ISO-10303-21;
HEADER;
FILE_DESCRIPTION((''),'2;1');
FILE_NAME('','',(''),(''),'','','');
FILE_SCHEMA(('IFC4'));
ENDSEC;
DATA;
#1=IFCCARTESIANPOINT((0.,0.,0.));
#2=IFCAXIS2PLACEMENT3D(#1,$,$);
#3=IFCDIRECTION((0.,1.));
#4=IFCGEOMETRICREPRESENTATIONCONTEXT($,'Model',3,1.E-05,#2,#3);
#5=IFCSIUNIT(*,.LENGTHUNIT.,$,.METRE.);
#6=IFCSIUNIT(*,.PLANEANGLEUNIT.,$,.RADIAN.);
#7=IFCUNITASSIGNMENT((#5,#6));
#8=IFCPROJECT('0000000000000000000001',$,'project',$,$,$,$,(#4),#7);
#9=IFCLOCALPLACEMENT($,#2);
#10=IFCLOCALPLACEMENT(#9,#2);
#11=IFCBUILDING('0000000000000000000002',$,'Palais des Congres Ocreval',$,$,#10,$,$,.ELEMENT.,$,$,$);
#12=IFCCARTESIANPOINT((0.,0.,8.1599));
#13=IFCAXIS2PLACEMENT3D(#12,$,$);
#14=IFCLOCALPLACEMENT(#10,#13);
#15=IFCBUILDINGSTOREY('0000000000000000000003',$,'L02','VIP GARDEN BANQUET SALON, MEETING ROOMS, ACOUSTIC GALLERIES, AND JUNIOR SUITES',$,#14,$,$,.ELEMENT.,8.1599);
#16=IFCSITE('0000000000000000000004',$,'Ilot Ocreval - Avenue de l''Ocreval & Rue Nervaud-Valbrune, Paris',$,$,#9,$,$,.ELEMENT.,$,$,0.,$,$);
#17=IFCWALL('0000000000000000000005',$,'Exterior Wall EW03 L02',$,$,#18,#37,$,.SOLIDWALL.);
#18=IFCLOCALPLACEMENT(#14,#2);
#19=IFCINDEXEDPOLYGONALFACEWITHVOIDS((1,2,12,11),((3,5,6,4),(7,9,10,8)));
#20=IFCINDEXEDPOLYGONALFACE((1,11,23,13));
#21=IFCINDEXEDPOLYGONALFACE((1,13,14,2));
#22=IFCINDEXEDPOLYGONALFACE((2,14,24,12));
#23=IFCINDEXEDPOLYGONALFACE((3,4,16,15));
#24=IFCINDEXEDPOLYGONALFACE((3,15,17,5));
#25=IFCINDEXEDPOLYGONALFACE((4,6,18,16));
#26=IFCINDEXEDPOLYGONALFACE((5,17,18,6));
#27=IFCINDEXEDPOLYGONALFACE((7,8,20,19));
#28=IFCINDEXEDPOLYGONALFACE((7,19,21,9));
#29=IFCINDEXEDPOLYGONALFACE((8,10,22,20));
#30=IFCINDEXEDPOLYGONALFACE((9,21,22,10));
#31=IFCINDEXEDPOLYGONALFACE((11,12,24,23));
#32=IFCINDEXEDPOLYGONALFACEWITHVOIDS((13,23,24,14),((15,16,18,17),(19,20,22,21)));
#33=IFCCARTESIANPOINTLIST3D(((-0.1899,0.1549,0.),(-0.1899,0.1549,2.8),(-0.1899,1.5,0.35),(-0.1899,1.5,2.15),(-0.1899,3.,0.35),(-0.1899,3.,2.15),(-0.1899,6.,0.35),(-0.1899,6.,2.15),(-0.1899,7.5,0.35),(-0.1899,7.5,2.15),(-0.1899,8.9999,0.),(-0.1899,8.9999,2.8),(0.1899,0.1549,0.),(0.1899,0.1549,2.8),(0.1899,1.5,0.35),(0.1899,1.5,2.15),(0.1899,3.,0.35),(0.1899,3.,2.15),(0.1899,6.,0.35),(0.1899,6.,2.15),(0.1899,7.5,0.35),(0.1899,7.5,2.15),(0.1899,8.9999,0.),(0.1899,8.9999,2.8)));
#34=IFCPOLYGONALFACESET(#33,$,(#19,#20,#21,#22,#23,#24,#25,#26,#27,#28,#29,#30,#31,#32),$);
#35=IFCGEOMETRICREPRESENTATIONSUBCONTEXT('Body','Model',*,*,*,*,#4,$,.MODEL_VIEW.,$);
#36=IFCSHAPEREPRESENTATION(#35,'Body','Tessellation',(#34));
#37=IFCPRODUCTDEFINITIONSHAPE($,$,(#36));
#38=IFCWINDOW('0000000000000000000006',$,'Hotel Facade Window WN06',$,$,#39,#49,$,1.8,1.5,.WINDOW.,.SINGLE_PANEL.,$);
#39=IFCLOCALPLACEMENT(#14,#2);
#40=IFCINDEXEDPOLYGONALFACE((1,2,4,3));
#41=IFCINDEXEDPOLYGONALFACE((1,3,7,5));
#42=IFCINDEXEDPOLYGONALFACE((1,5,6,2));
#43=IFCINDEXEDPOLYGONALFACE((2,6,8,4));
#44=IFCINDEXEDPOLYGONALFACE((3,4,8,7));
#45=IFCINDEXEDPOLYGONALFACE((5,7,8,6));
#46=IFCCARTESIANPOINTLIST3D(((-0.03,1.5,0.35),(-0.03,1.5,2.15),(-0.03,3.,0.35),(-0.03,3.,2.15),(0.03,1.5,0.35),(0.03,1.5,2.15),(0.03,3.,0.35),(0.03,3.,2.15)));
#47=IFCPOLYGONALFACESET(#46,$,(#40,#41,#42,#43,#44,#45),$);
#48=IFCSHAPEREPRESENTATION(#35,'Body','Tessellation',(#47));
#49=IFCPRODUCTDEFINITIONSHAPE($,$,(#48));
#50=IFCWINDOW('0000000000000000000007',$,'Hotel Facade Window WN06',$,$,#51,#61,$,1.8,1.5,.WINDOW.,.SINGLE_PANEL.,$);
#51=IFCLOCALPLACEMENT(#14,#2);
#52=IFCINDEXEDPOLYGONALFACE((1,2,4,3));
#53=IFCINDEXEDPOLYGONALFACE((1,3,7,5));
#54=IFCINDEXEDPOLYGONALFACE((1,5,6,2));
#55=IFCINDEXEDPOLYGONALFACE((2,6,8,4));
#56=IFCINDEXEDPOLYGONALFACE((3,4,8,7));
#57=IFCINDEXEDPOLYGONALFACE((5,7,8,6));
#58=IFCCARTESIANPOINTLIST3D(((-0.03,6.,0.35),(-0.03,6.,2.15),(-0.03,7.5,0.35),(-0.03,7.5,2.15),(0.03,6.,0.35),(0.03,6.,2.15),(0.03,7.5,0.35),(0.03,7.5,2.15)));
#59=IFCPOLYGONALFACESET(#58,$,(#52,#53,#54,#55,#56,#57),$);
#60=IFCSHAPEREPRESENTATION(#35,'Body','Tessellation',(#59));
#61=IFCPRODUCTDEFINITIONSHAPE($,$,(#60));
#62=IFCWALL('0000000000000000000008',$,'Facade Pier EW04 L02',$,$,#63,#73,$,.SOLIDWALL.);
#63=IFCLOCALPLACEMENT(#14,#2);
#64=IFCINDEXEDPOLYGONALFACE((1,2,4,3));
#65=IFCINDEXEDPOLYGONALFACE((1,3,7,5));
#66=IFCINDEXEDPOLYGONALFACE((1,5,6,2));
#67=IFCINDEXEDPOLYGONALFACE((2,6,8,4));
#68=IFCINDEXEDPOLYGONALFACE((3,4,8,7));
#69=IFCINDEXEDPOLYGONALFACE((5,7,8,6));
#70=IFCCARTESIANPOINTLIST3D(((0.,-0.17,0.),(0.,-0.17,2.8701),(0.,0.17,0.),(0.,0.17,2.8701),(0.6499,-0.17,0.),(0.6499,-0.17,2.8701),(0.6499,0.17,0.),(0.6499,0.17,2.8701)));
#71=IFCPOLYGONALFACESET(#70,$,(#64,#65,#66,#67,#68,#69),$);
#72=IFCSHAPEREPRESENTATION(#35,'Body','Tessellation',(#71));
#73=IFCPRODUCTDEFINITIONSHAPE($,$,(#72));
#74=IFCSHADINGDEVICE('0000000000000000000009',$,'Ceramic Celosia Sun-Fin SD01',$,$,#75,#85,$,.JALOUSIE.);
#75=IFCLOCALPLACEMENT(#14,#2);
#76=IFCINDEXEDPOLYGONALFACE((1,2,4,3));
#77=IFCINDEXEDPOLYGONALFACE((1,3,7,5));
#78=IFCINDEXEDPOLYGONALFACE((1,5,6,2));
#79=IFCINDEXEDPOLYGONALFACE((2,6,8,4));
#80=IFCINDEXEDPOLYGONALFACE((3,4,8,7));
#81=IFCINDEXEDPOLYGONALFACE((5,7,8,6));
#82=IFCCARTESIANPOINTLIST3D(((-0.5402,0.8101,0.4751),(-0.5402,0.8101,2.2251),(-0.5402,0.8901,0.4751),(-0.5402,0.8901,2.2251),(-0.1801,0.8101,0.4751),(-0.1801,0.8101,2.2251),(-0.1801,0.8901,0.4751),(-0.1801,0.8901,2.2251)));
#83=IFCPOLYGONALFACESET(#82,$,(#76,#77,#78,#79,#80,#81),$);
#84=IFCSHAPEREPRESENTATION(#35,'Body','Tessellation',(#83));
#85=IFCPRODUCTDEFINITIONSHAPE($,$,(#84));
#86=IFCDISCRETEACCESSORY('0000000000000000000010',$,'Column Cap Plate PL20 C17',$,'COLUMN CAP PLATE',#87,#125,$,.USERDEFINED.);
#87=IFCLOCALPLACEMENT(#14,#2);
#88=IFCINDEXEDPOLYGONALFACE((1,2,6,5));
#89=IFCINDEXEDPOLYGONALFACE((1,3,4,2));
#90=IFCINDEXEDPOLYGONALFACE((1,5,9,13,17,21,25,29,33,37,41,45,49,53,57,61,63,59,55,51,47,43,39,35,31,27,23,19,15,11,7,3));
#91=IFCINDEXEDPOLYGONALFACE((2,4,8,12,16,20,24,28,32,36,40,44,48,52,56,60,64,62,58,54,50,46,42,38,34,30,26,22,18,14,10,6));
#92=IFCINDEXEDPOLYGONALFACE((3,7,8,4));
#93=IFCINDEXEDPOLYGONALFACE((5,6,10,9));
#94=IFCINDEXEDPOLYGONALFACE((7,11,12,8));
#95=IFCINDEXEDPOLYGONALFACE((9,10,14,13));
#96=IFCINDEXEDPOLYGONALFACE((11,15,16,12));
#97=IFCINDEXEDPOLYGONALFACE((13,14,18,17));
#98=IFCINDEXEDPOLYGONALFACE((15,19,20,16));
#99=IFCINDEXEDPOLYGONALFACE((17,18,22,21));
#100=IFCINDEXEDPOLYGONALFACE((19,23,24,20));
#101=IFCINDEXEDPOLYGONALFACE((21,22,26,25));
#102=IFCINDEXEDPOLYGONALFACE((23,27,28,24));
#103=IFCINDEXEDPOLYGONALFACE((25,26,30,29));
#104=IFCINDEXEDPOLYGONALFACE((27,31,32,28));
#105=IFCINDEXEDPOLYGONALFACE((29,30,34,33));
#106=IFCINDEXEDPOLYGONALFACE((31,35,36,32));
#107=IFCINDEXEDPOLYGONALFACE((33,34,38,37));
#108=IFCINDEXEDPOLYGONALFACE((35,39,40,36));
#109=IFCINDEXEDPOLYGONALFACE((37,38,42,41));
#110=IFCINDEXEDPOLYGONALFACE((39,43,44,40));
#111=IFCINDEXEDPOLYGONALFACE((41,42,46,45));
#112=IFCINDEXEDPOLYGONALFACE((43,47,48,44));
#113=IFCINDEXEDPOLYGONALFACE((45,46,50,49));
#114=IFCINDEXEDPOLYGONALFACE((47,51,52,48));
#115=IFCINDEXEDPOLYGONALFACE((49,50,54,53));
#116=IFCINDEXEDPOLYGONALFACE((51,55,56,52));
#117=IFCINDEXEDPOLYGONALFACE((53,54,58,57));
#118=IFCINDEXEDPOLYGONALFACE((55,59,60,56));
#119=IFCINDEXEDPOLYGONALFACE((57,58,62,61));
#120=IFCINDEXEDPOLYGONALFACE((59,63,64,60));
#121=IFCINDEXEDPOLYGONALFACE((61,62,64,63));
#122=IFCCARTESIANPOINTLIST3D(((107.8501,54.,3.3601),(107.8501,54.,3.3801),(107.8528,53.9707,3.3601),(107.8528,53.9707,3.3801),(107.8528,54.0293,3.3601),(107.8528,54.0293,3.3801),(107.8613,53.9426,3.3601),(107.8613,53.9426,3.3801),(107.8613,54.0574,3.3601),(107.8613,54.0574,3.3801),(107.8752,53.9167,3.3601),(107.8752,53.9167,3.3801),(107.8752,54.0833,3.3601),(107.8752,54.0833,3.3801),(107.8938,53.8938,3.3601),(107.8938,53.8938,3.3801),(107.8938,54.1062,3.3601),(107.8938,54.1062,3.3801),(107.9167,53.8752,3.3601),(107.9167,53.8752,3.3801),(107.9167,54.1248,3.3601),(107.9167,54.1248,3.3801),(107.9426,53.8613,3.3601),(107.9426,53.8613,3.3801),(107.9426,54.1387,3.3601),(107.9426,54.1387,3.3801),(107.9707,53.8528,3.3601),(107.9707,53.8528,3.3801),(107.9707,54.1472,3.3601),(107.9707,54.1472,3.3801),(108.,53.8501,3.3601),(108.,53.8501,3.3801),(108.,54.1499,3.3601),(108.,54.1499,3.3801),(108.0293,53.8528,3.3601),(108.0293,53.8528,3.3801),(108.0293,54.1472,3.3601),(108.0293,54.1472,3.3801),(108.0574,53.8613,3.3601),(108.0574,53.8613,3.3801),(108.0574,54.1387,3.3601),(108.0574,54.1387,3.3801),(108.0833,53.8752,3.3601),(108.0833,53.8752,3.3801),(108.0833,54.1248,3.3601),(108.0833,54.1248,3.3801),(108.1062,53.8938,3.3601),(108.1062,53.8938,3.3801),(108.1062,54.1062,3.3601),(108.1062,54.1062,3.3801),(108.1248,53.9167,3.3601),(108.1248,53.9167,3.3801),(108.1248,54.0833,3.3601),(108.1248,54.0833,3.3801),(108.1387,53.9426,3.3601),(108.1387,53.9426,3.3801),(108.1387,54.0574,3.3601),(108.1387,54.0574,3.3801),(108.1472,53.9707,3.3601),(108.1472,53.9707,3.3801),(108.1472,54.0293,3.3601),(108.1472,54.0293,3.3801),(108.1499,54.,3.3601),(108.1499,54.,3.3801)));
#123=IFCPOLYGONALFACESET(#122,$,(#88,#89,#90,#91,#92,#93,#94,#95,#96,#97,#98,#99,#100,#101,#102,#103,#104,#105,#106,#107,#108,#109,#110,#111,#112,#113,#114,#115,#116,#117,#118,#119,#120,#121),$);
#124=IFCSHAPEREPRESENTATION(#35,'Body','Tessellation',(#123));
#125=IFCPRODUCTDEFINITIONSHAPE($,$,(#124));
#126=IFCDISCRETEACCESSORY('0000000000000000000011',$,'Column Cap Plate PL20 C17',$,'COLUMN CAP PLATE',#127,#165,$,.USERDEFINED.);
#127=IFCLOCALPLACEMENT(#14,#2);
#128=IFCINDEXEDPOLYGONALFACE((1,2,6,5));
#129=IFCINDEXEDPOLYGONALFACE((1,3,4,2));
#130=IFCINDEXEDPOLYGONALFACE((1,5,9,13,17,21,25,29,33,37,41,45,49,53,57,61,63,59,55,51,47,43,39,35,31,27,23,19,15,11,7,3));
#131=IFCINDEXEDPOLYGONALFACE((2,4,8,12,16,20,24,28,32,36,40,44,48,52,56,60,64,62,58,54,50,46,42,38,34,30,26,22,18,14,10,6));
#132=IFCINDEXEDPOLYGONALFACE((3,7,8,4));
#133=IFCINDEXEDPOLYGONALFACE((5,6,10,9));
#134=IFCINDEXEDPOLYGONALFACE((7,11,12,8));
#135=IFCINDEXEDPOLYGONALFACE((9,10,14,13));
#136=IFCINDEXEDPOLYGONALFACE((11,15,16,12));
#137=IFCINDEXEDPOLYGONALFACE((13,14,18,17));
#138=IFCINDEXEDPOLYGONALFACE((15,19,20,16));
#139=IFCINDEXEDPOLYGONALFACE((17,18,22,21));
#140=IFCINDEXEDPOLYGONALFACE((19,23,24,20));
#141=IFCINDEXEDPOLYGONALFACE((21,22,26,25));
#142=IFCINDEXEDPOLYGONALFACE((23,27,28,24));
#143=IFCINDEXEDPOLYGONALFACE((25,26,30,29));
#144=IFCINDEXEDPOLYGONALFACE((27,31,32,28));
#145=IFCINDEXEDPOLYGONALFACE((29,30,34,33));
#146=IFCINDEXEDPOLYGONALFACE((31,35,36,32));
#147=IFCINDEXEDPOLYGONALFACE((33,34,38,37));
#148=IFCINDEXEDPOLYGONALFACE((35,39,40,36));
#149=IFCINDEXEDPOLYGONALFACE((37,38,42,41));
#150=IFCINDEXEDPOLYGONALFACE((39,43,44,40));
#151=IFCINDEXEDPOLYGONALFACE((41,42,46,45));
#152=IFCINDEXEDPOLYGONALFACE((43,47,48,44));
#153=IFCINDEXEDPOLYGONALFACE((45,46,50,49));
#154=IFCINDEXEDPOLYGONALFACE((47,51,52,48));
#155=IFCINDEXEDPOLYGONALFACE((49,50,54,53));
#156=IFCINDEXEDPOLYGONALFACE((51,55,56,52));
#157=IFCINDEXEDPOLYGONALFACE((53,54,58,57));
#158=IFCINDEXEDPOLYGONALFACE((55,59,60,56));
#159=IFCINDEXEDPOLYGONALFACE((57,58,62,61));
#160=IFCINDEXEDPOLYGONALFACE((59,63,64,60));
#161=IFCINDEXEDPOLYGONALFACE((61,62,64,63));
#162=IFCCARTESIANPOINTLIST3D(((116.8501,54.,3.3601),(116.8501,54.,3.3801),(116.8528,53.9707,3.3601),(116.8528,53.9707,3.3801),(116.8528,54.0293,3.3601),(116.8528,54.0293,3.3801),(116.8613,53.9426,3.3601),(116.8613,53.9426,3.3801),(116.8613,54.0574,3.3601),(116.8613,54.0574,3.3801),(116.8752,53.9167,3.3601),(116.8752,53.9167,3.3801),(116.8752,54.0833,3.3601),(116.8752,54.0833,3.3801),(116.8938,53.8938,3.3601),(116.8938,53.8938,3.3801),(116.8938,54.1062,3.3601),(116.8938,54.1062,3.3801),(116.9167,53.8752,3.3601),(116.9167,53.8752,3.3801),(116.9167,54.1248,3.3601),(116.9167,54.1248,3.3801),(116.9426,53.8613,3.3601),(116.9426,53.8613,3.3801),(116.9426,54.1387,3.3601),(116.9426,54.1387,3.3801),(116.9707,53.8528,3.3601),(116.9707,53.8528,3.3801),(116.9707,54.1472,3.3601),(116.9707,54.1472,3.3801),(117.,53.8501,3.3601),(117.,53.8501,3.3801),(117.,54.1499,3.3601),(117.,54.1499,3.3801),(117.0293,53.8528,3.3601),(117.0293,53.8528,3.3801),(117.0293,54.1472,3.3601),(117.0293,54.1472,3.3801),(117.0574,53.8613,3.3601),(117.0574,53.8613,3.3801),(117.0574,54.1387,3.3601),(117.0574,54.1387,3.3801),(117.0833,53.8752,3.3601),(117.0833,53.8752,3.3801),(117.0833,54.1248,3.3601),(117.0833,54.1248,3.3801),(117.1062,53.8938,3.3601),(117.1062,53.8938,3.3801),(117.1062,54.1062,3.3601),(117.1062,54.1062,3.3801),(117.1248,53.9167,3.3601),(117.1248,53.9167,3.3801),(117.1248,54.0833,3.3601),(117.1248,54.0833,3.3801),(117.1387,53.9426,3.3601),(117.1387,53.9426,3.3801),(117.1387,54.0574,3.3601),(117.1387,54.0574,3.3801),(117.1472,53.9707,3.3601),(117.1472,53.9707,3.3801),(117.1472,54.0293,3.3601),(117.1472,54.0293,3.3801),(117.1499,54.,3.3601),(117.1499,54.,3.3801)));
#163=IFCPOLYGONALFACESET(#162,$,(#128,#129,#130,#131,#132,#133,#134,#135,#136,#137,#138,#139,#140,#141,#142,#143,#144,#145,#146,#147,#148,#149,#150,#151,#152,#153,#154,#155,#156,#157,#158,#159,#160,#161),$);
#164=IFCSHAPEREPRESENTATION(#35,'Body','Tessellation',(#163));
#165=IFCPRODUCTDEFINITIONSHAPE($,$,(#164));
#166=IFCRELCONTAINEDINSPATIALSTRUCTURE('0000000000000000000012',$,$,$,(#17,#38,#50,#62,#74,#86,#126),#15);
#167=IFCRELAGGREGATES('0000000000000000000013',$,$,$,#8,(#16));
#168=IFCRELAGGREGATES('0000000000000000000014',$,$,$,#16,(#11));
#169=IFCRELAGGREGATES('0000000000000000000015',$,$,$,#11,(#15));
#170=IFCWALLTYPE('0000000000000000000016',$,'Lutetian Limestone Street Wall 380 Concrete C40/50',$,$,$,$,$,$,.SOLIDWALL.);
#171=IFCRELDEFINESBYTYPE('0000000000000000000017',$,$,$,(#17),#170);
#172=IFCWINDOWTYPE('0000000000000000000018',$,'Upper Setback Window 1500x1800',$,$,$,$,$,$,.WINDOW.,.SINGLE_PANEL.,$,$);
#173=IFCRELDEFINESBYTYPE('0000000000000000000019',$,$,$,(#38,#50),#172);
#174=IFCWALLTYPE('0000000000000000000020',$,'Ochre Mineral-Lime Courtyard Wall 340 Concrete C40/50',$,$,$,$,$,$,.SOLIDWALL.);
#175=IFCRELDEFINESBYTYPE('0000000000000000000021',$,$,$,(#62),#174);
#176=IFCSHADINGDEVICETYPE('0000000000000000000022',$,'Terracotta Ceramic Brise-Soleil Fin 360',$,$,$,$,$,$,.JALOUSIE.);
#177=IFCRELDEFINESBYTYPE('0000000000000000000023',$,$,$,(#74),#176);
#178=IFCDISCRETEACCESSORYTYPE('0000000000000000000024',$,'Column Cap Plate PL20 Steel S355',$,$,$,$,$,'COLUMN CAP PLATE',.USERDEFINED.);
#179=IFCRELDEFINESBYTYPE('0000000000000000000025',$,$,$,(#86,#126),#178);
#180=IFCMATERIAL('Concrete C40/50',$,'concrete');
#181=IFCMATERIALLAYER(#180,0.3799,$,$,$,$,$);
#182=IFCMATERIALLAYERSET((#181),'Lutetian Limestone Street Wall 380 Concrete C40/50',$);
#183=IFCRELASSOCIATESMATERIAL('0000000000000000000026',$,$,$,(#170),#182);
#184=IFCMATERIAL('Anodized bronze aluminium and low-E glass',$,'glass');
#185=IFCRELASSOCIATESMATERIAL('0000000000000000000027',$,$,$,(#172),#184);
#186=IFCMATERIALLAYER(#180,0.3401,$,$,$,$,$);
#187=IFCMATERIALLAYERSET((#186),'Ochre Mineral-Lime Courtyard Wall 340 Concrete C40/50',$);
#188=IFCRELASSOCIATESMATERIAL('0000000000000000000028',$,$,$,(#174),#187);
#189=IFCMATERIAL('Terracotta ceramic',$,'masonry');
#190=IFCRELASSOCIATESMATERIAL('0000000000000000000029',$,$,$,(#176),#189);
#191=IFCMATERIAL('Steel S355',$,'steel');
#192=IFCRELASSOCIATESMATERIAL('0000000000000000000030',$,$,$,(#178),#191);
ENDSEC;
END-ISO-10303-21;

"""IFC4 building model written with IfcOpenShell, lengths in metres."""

from ifc_helpers import new_model, si_unit, direction, frame, frame_2d, origin, origin_2d, place, context, subcontext, project, spatial, polyline, rectangle, outline, extrude, material, layer, layer_set, type_object, element, fill, save


model = new_model("IFC4")

# Units and contexts
model_context = context("Model", 3, precision=1e-05, world=origin(), true_north=direction((0.0, 1.0)))
body_context = subcontext(model_context, "Body", "Model", "MODEL_VIEW")
ifc_project = project(units=[si_unit("LENGTHUNIT", "METRE"), si_unit("PLANEANGLEUNIT", "RADIAN")], contexts=[model_context])

# Site, building, storey
site_placement = place(None, origin())
site = spatial("IfcSite", under=ifc_project, at=site_placement, Name="Ilot Ocreval - Avenue de l'Ocreval & Rue Nervaud-Valbrune, Paris", CompositionType="ELEMENT", RefElevation=0.0)
building_placement = place(site_placement, origin())
building = spatial("IfcBuilding", under=site, at=building_placement, Name="Palais des Congres Ocreval", CompositionType="ELEMENT")
storey_placement = place(building_placement, frame((0.0, 0.0, 8.1599)))
storey = spatial("IfcBuildingStorey", under=building, at=storey_placement, Name="L02", Description="VIP GARDEN BANQUET SALON, MEETING ROOMS, ACOUSTIC GALLERIES, AND JUNIOR SUITES", CompositionType="ELEMENT", Elevation=8.1599)

# Shared definitions
ifc_material_1 = material(Name="Steel S355", Category="steel")

# Shared definitions
ifc_material_2 = material(Name="Anodized bronze aluminium and low-E glass", Category="glass")

# Shared definitions
ifc_material_3 = material(Name="Concrete C40/50", Category="concrete")

# Wall, openings, windows
ifc_layer_1 = layer(ifc_material_3, 0.3799)
ifc_layer_set_1 = layer_set([ifc_layer_1], Name="Lutetian Limestone Street Wall 380 Concrete C40/50")
wall_type_1 = type_object("IfcWallType", Name="Lutetian Limestone Street Wall 380 Concrete C40/50", PredefinedType="SOLIDWALL", material=ifc_layer_set_1)
wall_1_placement = place(storey_placement, frame((0.0, 0.155, 0.0), z_axis=(0.0, 0.0, 1.0), x_axis=(0.0, 1.0, 0.0)))
wall_1 = element("IfcWall", 1, at=wall_1_placement, inside=storey, type_object=wall_type_1, Name="Exterior Wall EW03 L02", PredefinedType="SOLIDWALL", context=body_context, shape_type="SweptSolid", body=[
    extrude(rectangle(XDim=8.845, YDim=0.3799, at=frame_2d((4.4224, 0.0))), origin(), (0.0, 0.0, 1.0), 2.8),
])
opening_1_placement = place(wall_1_placement, frame((1.345, 0.0, 0.3501)))
opening_1 = element("IfcOpeningElement", 2, at=opening_1_placement, cuts=wall_1, PredefinedType="OPENING", context=body_context, shape_type="SweptSolid", body=[
    extrude(rectangle(XDim=1.5, YDim=1.8, at=frame_2d((0.75, 0.8999))), frame((0.0, 0.2, 0.0), z_axis=(0.0, -1.0, 0.0), x_axis=(1.0, 0.0, 0.0)), (0.0, 0.0, 1.0), 0.3999),
])
opening_2_placement = place(wall_1_placement, frame((5.845, 0.0, 0.3501)))
opening_2 = element("IfcOpeningElement", 3, at=opening_2_placement, cuts=wall_1, PredefinedType="OPENING", context=body_context, shape_type="SweptSolid", body=[
    extrude(rectangle(XDim=1.5, YDim=1.8, at=frame_2d((0.75, 0.8999))), frame((0.0, 0.2, 0.0), z_axis=(0.0, -1.0, 0.0), x_axis=(1.0, 0.0, 0.0)), (0.0, 0.0, 1.0), 0.3999),
])
window_type = type_object("IfcWindowType", Name="Upper Setback Window 1500x1800", PartitioningType="SINGLE_PANEL", PredefinedType="WINDOW", material=ifc_material_2)
window_1_placement = place(opening_1_placement, origin())
window_1 = element("IfcWindow", 4, at=window_1_placement, inside=storey, type_object=window_type, Name="Hotel Facade Window WN06", OverallHeight=1.8, OverallWidth=1.5, PartitioningType="SINGLE_PANEL", PredefinedType="WINDOW", context=body_context, shape_type="SweptSolid", body=[
    extrude(rectangle(XDim=1.5, YDim=1.8, at=frame_2d((0.75, 0.8999))), frame((0.0, 0.03, 0.0), z_axis=(0.0, -1.0, 0.0), x_axis=(1.0, 0.0, 0.0)), (0.0, 0.0, 1.0), 0.0601),
])
fill(opening_1, window_1)
window_2_placement = place(opening_2_placement, origin())
window_2 = element("IfcWindow", 5, at=window_2_placement, inside=storey, type_object=window_type, Name="Hotel Facade Window WN06", OverallHeight=1.8, OverallWidth=1.5, PartitioningType="SINGLE_PANEL", PredefinedType="WINDOW", context=body_context, shape_type="SweptSolid", body=[
    extrude(rectangle(XDim=1.5, YDim=1.8, at=frame_2d((0.75, 0.8999))), frame((0.0, 0.03, 0.0), z_axis=(0.0, -1.0, 0.0), x_axis=(1.0, 0.0, 0.0)), (0.0, 0.0, 1.0), 0.0601),
])
fill(opening_2, window_2)

# Wall
ifc_layer_2 = layer(ifc_material_3, 0.3401)
ifc_layer_set_2 = layer_set([ifc_layer_2], Name="Ochre Mineral-Lime Courtyard Wall 340 Concrete C40/50")
wall_type_2 = type_object("IfcWallType", Name="Ochre Mineral-Lime Courtyard Wall 340 Concrete C40/50", PredefinedType="SOLIDWALL", material=ifc_layer_set_2)
wall_2_placement = place(storey_placement, frame((0.6499, 0.0, 0.0), z_axis=(0.0, 0.0, 1.0), x_axis=(-1.0, 0.0, 0.0)))
element("IfcWall", 6, at=wall_2_placement, inside=storey, type_object=wall_type_2, Name="Facade Pier EW04 L02", PredefinedType="SOLIDWALL", context=body_context, shape_type="SweptSolid", body=[
    extrude(rectangle(XDim=0.6499, YDim=0.3401, at=frame_2d((0.325, 0.0))), origin(), (0.0, 0.0, 1.0), 2.8701),
])

# Shading device
ifc_material_4 = material(Name="Terracotta ceramic", Category="masonry")
shading_device_type = type_object("IfcShadingDeviceType", Name="Terracotta Ceramic Brise-Soleil Fin 360", PredefinedType="JALOUSIE", material=ifc_material_4)
shading_device_placement = place(storey_placement, frame((-0.3601, 0.8501, 0.4751), z_axis=(0.0, 0.0, 1.0), x_axis=(-1.0, 0.0, 0.0)))
element("IfcShadingDevice", 7, at=shading_device_placement, inside=storey, type_object=shading_device_type, Name="Ceramic Celosia Sun-Fin SD01", PredefinedType="JALOUSIE", context=body_context, shape_type="SweptSolid", body=[
    extrude(rectangle(XDim=0.3601, YDim=0.0801, at=origin_2d()), origin(), (0.0, 0.0, 1.0), 1.75),
])

# Discrete accessories
discrete_accessory_type = type_object("IfcDiscreteAccessoryType", Name="Column Cap Plate PL20 Steel S355", ElementType="COLUMN CAP PLATE", PredefinedType="USERDEFINED", material=ifc_material_1)
discrete_accessory_1_placement = place(storey_placement, frame((0.0, 0.0, 3.3601)))
element("IfcDiscreteAccessory", 8, at=discrete_accessory_1_placement, inside=storey, type_object=discrete_accessory_type, Name="Column Cap Plate PL20 C17", ObjectType="COLUMN CAP PLATE", PredefinedType="USERDEFINED", context=body_context, shape_type="SweptSolid", body=[
    extrude(outline(polyline([(108.1499, 54.0), (108.1472, 54.0293), (108.1387, 54.0574), (108.1248, 54.0833), (108.1062, 54.1062), (108.0833, 54.1248), (108.0574, 54.1387), (108.0293, 54.1472), (108.0, 54.1499), (107.9707, 54.1472), (107.9426, 54.1387), (107.9167, 54.1248), (107.8938, 54.1062), (107.8752, 54.0833), (107.8613, 54.0574), (107.8528, 54.0293), (107.8501, 54.0), (107.8528, 53.9707), (107.8613, 53.9426), (107.8752, 53.9167), (107.8938, 53.8938), (107.9167, 53.8752), (107.9426, 53.8613), (107.9707, 53.8528), (108.0, 53.8501), (108.0293, 53.8528), (108.0574, 53.8613), (108.0833, 53.8752), (108.1062, 53.8938), (108.1248, 53.9167), (108.1387, 53.9426), (108.1472, 53.9707), (108.1499, 54.0)])), origin(), (0.0, 0.0, 1.0), 0.02),
])
discrete_accessory_2_placement = place(storey_placement, frame((0.0, 0.0, 3.3601)))
element("IfcDiscreteAccessory", 9, at=discrete_accessory_2_placement, inside=storey, type_object=discrete_accessory_type, Name="Column Cap Plate PL20 C17", ObjectType="COLUMN CAP PLATE", PredefinedType="USERDEFINED", context=body_context, shape_type="SweptSolid", body=[
    extrude(outline(polyline([(117.1499, 54.0), (117.1472, 54.0293), (117.1387, 54.0574), (117.1248, 54.0833), (117.1062, 54.1062), (117.0833, 54.1248), (117.0574, 54.1387), (117.0293, 54.1472), (117.0, 54.1499), (116.9707, 54.1472), (116.9426, 54.1387), (116.9167, 54.1248), (116.8938, 54.1062), (116.8752, 54.0833), (116.8613, 54.0574), (116.8528, 54.0293), (116.8501, 54.0), (116.8528, 53.9707), (116.8613, 53.9426), (116.8752, 53.9167), (116.8938, 53.8938), (116.9167, 53.8752), (116.9426, 53.8613), (116.9707, 53.8528), (117.0, 53.8501), (117.0293, 53.8528), (117.0574, 53.8613), (117.0833, 53.8752), (117.1062, 53.8938), (117.1248, 53.9167), (117.1387, 53.9426), (117.1472, 53.9707), (117.1499, 54.0)])), origin(), (0.0, 0.0, 1.0), 0.02),
])

save(model, "model.ifc")
